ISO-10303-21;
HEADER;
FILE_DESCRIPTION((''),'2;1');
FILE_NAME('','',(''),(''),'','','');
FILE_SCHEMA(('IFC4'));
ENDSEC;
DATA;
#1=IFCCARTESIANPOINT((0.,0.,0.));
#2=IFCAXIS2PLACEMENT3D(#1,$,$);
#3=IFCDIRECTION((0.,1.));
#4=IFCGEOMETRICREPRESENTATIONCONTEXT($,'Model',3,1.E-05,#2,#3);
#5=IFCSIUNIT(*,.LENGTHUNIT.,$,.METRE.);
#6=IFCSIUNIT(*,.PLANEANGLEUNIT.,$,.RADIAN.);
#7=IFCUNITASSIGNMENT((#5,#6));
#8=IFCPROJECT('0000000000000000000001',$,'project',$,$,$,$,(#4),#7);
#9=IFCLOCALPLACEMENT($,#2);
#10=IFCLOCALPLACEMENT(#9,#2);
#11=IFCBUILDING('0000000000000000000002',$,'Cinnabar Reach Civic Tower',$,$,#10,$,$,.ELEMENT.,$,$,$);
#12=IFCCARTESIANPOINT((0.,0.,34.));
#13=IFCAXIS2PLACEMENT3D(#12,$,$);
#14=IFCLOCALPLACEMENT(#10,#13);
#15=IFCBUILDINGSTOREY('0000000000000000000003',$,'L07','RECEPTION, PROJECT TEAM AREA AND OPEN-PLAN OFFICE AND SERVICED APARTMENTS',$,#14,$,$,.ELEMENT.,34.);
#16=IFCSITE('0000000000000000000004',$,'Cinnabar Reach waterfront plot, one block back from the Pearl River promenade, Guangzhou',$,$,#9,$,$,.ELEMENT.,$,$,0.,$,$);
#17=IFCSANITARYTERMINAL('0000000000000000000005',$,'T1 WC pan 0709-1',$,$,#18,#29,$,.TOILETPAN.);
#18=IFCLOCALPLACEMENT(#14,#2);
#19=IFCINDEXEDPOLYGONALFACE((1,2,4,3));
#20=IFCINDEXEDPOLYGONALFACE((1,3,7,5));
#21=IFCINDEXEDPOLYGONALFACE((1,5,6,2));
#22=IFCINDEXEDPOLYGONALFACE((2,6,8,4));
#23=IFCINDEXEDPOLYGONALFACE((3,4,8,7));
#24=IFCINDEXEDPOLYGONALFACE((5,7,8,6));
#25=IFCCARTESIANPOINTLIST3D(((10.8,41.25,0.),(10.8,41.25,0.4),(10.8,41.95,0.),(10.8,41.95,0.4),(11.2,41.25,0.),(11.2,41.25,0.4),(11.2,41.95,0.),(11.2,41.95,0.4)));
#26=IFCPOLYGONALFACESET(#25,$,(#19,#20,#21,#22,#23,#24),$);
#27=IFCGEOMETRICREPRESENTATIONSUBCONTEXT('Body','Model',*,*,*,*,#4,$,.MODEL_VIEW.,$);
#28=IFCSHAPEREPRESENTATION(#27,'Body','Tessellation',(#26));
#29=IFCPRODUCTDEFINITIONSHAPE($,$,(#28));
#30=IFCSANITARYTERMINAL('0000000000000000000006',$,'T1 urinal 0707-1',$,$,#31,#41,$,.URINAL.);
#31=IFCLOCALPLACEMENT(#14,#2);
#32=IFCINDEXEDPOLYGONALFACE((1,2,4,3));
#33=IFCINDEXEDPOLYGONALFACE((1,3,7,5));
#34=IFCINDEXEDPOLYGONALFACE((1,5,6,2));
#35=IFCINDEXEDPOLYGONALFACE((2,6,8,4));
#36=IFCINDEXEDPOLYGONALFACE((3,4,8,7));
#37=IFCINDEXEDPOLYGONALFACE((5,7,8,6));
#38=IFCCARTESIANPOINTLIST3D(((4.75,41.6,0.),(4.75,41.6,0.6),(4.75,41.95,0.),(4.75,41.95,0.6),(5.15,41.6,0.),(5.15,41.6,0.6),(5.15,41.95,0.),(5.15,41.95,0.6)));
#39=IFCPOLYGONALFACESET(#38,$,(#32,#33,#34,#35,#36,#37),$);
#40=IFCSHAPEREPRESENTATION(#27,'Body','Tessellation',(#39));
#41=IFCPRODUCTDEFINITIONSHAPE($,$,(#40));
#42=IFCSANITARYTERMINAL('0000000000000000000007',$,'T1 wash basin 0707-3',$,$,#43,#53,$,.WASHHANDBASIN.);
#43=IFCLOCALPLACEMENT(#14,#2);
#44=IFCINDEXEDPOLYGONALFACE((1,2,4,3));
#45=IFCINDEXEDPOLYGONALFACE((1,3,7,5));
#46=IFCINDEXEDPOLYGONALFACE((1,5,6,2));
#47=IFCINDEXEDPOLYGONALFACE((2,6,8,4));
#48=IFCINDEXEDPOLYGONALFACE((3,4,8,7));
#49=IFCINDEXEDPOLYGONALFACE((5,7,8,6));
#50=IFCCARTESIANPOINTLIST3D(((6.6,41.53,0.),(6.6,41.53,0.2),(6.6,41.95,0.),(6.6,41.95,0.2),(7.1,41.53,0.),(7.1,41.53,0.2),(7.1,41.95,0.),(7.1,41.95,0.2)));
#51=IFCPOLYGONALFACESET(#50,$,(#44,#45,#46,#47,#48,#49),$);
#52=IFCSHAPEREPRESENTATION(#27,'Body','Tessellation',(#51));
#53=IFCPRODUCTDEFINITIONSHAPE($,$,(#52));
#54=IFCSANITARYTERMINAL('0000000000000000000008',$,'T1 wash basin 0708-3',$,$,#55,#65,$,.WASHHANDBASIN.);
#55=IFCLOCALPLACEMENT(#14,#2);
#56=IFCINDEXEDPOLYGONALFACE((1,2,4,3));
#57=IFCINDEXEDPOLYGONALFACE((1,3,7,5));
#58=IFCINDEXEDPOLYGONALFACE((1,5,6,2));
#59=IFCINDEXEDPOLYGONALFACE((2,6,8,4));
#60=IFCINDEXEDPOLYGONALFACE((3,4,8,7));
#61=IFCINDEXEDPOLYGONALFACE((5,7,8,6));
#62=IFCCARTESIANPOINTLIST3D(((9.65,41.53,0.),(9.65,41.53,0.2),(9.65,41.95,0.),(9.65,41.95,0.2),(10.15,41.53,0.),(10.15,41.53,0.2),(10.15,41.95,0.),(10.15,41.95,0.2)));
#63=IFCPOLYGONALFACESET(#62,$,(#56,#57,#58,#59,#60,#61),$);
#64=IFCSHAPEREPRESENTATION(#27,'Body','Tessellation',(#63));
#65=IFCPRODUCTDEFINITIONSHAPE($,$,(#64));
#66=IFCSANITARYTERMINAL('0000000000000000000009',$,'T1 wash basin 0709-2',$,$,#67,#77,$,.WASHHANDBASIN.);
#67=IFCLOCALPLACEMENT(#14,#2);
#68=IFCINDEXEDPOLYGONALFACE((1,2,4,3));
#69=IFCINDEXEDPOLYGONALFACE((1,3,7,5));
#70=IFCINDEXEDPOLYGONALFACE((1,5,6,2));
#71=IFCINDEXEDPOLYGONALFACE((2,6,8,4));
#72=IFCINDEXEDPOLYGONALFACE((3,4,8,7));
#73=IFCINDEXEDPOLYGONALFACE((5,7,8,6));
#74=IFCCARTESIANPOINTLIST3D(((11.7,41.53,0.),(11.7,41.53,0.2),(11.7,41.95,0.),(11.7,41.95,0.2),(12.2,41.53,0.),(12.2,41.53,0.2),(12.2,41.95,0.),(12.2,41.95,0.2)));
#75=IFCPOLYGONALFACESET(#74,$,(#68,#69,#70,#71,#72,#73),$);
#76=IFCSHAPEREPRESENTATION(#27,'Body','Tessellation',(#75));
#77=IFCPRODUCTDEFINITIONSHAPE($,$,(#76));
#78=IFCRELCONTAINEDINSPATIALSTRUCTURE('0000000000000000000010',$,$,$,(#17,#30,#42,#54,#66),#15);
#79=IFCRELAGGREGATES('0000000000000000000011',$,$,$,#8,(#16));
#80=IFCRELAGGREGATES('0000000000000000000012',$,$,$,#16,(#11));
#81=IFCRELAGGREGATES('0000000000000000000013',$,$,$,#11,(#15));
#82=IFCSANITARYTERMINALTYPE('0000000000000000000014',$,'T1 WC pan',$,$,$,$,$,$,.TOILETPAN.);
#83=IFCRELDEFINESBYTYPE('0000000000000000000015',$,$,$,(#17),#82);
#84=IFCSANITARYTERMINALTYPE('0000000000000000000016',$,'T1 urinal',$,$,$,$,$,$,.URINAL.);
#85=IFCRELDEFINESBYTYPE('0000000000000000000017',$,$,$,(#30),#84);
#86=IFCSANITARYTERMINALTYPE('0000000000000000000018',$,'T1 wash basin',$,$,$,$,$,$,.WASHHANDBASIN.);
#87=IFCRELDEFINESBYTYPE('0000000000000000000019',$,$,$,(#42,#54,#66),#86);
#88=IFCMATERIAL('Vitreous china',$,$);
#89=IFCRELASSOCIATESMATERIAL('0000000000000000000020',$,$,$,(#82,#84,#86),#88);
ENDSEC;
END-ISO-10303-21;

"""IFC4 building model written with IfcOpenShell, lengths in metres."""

from ifc_helpers import new_model, si_unit, direction, frame, origin, origin_2d, place, context, subcontext, project, spatial, rectangle, extrude, material, type_object, element, save


model = new_model("IFC4")

# Units and contexts
model_context = context("Model", 3, precision=1e-05, world=origin(), true_north=direction((0.0, 1.0)))
body_context = subcontext(model_context, "Body", "Model", "MODEL_VIEW")
ifc_project = project(units=[si_unit("LENGTHUNIT", "METRE"), si_unit("PLANEANGLEUNIT", "RADIAN")], contexts=[model_context])

# Site, building, storey
site_placement = place(None, origin())
site = spatial("IfcSite", under=ifc_project, at=site_placement, Name="Cinnabar Reach waterfront plot, one block back from the Pearl River promenade, Guangzhou", CompositionType="ELEMENT", RefElevation=0.0)
building_placement = place(site_placement, origin())
building = spatial("IfcBuilding", under=site, at=building_placement, Name="Cinnabar Reach Civic Tower", CompositionType="ELEMENT")
storey_placement = place(building_placement, frame((0.0, 0.0, 34.0)))
storey = spatial("IfcBuildingStorey", under=building, at=storey_placement, Name="L07", Description="RECEPTION, PROJECT TEAM AREA AND OPEN-PLAN OFFICE AND SERVICED APARTMENTS", CompositionType="ELEMENT", Elevation=34.0)

# Sanitary terminals
ifc_material_1 = material(Name="Vitreous china")
sanitary_terminal_type_1 = type_object("IfcSanitaryTerminalType", Name="T1 WC pan", PredefinedType="TOILETPAN", material=ifc_material_1)
for number, where, z_axis, x_axis, name in (
    (1, (11.0, 41.6, 0.0), (0.0, 0.0, 1.0), (1.0, 0.0, 0.0), "T1 WC pan 0709-1"),
):
    element("IfcSanitaryTerminal", number, at=place(storey_placement, frame(where, z_axis=z_axis, x_axis=x_axis)), inside=storey, type_object=sanitary_terminal_type_1, Name=name, PredefinedType="TOILETPAN", context=body_context, shape_type="SweptSolid", body=[
        extrude(rectangle(XDim=0.4, YDim=0.7, at=origin_2d()), origin(), (0.0, 0.0, 1.0), 0.4),
    ])
sanitary_terminal_type_2 = type_object("IfcSanitaryTerminalType", Name="T1 urinal", PredefinedType="URINAL", material=ifc_material_1)
sanitary_terminal_placement = place(storey_placement, frame((4.95, 41.775, 0.0), z_axis=(0.0, 0.0, 1.0), x_axis=(1.0, 0.0, 0.0)))
element("IfcSanitaryTerminal", 2, at=sanitary_terminal_placement, inside=storey, type_object=sanitary_terminal_type_2, Name="T1 urinal 0707-1", PredefinedType="URINAL", context=body_context, shape_type="SweptSolid", body=[
    extrude(rectangle(XDim=0.4, YDim=0.35, at=origin_2d()), origin(), (0.0, 0.0, 1.0), 0.6),
])
sanitary_terminal_type_3 = type_object("IfcSanitaryTerminalType", Name="T1 wash basin", PredefinedType="WASHHANDBASIN", material=ifc_material_1)
for number, where, z_axis, x_axis, name in (
    (3, (6.85, 41.74, 0.0), (0.0, 0.0, 1.0), (1.0, 0.0, 0.0), "T1 wash basin 0707-3"),
    (4, (9.9, 41.74, 0.0), (0.0, 0.0, 1.0), (1.0, 0.0, 0.0), "T1 wash basin 0708-3"),
    (5, (11.95, 41.74, 0.0), (0.0, 0.0, 1.0), (1.0, 0.0, 0.0), "T1 wash basin 0709-2"),
):
    element("IfcSanitaryTerminal", number, at=place(storey_placement, frame(where, z_axis=z_axis, x_axis=x_axis)), inside=storey, type_object=sanitary_terminal_type_3, Name=name, PredefinedType="WASHHANDBASIN", context=body_context, shape_type="SweptSolid", body=[
        extrude(rectangle(XDim=0.5, YDim=0.42, at=origin_2d()), origin(), (0.0, 0.0, 1.0), 0.2),
    ])

save(model, "model.ifc")
